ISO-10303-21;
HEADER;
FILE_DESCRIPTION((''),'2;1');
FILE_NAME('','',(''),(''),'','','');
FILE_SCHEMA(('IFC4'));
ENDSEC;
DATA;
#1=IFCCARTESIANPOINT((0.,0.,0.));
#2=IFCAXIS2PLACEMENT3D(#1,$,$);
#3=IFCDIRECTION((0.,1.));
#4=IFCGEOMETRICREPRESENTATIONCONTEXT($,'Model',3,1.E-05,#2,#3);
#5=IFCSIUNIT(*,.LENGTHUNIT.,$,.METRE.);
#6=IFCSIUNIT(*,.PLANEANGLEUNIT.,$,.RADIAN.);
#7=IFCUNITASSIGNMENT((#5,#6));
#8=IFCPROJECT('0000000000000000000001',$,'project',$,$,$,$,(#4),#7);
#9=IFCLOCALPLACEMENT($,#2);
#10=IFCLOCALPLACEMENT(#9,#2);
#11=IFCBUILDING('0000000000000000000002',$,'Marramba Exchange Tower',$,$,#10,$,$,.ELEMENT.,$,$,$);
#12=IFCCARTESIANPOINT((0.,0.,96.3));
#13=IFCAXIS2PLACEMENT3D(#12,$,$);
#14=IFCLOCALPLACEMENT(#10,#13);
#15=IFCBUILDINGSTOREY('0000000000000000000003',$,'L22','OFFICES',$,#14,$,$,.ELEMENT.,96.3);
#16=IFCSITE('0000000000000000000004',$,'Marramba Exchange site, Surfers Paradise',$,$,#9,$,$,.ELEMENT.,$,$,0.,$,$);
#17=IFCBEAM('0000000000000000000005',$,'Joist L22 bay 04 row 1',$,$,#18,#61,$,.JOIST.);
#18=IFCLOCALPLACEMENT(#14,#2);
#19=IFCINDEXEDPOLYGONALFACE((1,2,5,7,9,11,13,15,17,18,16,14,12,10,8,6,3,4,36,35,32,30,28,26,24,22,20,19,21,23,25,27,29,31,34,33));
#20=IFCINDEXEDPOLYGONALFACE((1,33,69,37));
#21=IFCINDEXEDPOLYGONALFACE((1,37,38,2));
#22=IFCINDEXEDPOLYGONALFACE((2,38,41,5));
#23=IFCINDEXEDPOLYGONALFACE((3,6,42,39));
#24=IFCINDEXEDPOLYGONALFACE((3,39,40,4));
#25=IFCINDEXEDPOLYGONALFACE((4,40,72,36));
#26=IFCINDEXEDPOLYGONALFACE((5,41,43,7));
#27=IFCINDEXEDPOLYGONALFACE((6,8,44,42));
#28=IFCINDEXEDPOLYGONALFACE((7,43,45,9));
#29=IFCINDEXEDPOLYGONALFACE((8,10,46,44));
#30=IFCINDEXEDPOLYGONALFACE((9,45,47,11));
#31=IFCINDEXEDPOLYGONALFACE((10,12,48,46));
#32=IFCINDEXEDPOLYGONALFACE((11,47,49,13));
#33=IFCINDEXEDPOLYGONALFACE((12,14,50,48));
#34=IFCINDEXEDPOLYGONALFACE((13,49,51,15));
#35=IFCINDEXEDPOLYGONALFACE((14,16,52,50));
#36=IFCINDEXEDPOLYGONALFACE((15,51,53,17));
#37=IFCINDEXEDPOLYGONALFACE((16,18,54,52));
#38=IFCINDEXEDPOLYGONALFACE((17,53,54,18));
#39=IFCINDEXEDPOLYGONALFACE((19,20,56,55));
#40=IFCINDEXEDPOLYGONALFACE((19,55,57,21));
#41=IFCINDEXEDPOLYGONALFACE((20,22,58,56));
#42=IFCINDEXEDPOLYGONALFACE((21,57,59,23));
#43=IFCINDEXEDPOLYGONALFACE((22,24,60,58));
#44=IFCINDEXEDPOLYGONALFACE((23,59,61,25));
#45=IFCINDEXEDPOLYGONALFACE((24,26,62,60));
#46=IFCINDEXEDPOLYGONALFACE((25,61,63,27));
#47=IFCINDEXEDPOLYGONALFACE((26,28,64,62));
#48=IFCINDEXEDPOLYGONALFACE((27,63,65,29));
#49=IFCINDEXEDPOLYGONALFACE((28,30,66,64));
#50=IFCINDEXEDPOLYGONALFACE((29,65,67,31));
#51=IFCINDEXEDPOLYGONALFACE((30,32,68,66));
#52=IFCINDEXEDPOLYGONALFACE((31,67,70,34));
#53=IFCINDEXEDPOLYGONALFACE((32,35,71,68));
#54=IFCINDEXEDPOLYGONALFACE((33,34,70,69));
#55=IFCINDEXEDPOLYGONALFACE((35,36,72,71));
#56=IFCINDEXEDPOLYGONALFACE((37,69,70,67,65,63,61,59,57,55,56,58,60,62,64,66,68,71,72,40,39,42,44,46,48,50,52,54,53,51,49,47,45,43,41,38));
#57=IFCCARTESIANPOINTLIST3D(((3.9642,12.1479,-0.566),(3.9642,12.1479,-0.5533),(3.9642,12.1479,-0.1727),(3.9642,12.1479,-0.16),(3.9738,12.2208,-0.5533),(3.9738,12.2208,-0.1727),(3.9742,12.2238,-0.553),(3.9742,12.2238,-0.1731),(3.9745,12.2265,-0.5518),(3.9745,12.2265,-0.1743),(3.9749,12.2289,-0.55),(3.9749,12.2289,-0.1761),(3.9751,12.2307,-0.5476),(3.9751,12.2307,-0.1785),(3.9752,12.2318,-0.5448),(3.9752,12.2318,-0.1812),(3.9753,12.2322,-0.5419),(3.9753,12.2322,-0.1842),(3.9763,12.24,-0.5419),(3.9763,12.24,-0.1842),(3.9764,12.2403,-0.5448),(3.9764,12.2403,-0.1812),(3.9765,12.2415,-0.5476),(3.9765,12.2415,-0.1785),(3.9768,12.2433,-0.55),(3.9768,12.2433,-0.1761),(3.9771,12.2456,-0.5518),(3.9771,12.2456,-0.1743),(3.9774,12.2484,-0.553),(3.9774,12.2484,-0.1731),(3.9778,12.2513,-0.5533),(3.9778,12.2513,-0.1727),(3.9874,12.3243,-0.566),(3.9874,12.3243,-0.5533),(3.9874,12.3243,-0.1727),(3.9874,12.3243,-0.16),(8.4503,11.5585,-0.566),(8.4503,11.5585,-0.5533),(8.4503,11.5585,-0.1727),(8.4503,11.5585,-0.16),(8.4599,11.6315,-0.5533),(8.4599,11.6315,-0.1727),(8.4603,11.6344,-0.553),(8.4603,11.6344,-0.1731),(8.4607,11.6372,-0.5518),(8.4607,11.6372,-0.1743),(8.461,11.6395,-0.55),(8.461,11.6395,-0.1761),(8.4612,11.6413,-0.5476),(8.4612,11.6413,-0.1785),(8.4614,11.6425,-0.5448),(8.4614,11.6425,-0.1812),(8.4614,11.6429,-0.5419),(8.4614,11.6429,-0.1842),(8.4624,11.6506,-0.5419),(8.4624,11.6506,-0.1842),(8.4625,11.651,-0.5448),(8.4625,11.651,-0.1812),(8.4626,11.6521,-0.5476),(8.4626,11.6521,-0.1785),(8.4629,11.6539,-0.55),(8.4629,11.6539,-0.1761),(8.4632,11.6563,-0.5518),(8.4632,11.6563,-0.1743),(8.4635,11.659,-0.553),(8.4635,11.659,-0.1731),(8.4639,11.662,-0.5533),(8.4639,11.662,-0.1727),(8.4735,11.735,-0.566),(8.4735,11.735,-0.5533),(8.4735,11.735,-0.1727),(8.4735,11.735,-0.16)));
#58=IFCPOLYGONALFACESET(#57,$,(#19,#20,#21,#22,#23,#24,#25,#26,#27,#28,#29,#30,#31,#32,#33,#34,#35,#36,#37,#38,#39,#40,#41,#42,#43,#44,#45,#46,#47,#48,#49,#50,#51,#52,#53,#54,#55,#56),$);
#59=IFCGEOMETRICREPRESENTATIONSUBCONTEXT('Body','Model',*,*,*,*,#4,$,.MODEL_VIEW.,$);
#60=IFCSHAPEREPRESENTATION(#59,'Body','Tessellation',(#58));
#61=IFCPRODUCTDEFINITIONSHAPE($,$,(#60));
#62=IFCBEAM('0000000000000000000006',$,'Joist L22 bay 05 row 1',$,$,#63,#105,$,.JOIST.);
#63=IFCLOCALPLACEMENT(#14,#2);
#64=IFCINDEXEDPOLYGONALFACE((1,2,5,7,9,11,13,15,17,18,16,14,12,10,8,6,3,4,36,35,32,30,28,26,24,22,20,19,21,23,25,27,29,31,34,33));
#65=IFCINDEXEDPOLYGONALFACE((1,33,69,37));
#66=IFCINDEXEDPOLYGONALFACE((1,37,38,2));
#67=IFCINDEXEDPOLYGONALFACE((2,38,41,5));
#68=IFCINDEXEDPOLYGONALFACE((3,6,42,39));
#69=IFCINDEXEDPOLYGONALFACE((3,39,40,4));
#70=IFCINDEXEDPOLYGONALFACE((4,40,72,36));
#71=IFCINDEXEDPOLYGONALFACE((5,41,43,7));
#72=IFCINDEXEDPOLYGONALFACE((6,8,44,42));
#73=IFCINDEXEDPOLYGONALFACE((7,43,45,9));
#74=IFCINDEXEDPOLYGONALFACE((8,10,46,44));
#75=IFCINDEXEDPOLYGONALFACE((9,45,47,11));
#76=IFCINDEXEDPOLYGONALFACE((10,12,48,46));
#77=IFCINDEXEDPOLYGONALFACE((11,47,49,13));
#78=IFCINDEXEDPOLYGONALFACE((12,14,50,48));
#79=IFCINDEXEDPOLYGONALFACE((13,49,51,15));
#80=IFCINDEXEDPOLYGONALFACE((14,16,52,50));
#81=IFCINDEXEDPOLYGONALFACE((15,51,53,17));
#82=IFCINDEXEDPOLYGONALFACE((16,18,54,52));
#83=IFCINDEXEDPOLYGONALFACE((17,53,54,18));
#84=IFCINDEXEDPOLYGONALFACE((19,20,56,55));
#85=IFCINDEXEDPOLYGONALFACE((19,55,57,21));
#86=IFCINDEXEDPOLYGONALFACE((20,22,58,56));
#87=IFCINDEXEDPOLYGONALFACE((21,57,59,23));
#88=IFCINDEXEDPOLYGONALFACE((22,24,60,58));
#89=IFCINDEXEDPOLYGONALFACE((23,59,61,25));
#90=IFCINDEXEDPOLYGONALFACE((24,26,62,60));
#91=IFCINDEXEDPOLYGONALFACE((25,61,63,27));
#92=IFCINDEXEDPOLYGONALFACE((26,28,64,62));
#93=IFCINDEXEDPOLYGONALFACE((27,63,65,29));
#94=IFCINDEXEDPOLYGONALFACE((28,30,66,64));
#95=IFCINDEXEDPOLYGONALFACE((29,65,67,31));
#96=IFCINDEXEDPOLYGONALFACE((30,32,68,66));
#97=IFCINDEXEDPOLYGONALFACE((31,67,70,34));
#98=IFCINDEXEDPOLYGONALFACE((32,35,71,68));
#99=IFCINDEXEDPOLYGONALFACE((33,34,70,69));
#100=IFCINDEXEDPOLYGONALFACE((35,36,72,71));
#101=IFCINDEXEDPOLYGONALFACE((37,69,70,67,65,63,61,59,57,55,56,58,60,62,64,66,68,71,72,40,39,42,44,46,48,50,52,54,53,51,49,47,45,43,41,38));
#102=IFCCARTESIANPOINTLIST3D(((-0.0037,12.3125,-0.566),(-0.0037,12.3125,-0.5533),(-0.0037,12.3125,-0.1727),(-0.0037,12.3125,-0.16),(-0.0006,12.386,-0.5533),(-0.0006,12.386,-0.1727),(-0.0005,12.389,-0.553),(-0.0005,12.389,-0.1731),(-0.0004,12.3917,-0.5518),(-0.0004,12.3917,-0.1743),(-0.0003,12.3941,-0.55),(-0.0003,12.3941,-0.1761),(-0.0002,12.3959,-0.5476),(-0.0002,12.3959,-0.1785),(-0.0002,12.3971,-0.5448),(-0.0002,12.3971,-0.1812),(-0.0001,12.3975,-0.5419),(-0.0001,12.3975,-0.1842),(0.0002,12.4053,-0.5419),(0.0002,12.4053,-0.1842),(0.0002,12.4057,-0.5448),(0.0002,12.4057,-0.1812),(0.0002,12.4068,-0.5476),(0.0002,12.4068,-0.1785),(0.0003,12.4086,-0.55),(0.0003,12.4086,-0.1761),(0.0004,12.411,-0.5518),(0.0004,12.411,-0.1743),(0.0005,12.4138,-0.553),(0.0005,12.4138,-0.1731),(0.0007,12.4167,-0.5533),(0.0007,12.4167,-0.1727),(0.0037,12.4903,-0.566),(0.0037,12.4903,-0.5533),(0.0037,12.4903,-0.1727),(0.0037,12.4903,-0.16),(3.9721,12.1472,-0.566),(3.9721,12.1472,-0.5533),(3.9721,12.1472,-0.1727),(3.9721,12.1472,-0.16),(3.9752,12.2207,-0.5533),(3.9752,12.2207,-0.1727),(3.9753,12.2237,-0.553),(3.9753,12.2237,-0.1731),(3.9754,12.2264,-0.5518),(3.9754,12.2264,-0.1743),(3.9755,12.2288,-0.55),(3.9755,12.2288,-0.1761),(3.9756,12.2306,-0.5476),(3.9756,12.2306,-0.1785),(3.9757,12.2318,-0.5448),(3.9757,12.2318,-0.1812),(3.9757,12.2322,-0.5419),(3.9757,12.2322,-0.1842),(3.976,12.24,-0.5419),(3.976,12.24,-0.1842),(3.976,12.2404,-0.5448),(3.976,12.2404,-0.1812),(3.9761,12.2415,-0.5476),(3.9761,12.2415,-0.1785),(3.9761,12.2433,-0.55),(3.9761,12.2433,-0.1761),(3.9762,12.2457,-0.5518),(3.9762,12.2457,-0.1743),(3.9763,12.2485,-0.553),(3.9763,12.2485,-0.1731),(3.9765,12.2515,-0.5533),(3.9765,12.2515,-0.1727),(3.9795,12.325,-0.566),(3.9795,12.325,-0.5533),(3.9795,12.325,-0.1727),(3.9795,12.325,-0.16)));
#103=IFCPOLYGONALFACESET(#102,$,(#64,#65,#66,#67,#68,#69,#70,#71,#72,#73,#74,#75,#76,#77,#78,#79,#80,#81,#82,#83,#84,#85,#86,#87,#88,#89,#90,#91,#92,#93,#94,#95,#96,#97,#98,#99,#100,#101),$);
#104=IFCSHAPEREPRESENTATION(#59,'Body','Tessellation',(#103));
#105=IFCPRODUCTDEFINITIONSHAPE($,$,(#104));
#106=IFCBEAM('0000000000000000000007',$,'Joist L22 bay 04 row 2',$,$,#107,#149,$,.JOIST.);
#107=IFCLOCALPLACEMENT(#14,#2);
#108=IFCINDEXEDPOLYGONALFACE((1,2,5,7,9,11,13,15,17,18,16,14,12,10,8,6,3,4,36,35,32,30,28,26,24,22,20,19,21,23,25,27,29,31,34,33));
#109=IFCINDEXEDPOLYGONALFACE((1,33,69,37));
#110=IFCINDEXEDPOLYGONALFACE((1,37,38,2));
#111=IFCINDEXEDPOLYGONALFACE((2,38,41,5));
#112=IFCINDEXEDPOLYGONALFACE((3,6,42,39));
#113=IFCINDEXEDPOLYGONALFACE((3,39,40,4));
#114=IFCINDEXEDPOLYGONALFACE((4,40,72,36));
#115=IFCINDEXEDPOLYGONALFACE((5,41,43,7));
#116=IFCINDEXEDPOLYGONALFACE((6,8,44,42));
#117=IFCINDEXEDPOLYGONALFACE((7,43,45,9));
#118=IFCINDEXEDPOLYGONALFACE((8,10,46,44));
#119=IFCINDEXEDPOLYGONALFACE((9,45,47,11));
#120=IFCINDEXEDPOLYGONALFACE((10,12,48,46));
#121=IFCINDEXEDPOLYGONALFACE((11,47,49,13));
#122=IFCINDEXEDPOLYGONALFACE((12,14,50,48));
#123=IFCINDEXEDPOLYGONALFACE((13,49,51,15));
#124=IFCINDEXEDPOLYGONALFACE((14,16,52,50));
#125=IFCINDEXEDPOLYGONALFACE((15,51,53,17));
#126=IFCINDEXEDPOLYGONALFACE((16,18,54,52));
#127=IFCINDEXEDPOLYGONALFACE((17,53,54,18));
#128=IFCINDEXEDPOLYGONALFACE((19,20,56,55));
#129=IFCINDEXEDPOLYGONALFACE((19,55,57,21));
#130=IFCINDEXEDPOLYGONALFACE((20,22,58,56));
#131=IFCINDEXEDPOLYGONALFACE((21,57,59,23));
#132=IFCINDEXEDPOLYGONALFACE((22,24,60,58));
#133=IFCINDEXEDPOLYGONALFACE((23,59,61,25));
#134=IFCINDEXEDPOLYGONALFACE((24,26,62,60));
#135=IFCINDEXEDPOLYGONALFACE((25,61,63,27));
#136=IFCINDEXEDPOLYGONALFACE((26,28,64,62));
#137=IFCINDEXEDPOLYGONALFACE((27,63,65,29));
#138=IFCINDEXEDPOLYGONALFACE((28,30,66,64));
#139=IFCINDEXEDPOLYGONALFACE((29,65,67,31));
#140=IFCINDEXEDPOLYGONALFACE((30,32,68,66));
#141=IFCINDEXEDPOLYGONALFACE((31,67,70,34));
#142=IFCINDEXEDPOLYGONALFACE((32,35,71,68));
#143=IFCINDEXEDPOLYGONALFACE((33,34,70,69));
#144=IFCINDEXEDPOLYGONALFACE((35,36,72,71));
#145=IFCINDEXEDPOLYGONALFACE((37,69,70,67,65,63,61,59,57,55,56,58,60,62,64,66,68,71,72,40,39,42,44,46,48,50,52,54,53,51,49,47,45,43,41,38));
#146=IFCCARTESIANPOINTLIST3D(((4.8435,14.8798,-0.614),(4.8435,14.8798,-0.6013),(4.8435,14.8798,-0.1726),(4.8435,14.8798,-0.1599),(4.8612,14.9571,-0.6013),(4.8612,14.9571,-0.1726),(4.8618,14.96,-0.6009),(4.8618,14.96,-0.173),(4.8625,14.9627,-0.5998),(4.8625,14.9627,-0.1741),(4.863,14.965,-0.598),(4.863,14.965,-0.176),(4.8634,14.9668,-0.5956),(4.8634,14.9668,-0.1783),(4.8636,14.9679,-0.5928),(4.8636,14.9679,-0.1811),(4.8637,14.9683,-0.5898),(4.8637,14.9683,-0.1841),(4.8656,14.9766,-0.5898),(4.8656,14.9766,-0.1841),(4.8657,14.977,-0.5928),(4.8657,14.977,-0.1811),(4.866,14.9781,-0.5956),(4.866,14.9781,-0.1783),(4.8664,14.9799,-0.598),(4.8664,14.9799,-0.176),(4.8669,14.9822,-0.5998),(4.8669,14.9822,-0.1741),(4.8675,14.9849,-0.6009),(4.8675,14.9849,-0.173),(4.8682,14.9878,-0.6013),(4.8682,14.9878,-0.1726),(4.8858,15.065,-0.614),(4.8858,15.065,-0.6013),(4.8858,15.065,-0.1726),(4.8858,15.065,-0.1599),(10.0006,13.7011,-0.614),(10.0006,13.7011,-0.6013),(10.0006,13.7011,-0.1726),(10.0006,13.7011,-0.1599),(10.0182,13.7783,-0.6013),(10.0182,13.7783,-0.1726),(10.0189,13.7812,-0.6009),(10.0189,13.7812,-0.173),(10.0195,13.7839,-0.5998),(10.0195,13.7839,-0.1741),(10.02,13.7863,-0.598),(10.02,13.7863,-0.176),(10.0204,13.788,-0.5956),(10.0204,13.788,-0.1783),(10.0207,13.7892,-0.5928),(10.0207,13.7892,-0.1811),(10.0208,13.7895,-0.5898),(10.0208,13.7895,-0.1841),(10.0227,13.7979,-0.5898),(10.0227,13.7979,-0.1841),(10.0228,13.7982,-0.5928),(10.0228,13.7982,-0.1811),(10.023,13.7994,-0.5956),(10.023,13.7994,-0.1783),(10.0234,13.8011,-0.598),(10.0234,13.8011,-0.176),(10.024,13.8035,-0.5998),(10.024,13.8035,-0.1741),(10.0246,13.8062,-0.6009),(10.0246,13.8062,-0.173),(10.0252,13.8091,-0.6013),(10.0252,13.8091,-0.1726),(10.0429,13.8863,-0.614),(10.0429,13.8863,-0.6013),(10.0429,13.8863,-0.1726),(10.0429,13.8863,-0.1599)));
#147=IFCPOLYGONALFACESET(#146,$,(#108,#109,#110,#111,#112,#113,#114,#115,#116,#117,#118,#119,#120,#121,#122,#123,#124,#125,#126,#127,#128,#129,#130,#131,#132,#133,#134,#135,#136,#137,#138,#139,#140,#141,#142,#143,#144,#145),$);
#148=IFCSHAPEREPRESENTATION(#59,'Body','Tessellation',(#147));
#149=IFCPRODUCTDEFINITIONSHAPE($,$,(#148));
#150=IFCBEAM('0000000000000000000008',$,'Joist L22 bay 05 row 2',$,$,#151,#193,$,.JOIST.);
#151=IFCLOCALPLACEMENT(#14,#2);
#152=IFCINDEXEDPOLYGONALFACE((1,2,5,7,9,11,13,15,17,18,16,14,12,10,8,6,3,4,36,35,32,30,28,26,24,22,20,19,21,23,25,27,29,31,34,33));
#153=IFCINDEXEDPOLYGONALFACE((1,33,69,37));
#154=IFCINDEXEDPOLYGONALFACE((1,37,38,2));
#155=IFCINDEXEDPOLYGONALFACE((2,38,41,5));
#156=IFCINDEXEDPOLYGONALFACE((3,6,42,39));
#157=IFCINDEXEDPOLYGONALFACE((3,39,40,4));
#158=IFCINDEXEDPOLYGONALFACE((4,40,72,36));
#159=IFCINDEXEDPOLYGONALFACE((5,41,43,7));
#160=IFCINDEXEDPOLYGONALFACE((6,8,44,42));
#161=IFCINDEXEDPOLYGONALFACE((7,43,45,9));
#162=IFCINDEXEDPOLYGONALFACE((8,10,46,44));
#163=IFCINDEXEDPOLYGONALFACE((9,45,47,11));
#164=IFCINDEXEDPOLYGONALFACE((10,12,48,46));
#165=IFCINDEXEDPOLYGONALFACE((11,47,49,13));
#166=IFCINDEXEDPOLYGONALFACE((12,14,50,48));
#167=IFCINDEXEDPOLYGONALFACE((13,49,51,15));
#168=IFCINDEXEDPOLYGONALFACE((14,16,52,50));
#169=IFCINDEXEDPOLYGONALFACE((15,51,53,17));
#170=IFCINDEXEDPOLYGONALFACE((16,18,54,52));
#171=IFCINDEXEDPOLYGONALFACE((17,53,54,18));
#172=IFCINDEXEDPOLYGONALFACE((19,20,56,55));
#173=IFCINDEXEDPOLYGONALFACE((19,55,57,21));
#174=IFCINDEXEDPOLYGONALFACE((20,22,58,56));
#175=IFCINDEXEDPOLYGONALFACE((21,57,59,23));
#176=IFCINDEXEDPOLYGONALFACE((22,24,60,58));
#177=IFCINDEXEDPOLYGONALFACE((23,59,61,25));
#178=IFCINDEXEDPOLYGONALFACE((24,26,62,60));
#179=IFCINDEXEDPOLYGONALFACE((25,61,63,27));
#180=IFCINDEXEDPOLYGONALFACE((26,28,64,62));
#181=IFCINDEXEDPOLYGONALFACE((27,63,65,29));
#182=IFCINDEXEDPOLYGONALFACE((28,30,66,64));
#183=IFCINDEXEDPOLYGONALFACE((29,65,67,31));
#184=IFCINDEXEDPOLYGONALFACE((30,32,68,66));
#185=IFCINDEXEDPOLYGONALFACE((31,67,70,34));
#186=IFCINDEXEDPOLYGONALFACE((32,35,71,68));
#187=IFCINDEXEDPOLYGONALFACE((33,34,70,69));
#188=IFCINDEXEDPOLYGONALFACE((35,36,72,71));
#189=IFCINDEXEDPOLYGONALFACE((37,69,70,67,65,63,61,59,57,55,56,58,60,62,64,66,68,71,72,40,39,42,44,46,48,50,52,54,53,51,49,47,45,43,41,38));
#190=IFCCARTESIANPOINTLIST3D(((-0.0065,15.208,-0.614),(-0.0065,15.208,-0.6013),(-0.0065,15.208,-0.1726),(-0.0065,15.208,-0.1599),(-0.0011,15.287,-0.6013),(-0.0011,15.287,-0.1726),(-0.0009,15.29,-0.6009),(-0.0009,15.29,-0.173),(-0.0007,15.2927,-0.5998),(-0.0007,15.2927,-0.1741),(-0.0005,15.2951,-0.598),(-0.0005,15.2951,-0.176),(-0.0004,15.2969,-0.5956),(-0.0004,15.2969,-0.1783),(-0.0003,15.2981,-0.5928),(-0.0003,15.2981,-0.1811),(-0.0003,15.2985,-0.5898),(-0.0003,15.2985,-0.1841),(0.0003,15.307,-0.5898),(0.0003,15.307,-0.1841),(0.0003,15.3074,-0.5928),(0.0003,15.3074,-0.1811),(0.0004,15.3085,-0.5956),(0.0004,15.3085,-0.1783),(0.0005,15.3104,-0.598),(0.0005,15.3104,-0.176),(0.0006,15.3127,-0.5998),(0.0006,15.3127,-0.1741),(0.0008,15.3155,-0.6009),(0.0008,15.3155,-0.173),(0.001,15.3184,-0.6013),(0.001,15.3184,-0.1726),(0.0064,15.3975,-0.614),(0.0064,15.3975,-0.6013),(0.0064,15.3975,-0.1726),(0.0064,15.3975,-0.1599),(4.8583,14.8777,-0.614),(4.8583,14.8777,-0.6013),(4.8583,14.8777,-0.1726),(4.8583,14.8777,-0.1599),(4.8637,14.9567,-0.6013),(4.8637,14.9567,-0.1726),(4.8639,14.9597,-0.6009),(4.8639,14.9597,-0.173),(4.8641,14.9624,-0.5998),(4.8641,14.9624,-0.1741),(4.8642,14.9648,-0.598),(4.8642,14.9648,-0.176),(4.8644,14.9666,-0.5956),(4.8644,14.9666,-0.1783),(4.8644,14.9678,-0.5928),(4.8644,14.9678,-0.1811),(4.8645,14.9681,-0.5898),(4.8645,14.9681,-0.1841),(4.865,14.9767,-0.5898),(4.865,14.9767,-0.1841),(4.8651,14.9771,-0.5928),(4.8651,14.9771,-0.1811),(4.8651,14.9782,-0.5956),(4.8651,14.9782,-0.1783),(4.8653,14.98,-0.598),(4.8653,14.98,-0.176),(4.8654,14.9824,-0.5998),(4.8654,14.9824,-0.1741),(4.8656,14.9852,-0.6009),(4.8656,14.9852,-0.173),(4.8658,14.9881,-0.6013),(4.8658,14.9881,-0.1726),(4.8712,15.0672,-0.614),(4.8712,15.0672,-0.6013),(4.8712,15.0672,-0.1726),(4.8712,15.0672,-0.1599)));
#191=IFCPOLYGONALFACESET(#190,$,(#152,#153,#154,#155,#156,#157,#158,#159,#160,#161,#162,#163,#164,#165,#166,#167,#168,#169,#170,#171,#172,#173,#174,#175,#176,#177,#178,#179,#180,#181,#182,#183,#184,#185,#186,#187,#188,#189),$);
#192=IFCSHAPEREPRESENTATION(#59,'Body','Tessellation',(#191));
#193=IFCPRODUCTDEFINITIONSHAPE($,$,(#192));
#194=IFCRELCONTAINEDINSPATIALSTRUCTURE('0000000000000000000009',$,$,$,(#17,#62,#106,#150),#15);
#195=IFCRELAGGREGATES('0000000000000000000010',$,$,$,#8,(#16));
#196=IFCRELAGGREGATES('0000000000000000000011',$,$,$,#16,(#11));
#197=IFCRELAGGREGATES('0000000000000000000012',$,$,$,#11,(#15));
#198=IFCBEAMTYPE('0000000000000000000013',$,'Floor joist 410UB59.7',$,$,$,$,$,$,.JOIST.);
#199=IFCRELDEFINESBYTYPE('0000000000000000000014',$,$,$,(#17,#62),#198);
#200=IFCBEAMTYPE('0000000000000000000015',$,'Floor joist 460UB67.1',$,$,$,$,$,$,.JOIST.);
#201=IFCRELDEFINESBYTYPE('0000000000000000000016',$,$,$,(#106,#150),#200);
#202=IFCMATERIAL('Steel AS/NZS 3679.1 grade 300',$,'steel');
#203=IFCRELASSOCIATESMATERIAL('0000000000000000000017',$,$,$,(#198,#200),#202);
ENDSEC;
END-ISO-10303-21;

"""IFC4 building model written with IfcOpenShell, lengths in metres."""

from ifc_helpers import new_model, si_unit, direction, frame, origin, origin_2d, place, context, subcontext, project, spatial, i_section, extrude, material, material_profile, profile_set, type_object, element, save


model = new_model("IFC4")

# Units and contexts
model_context = context("Model", 3, precision=1e-05, world=origin(), true_north=direction((0.0, 1.0)))
body_context = subcontext(model_context, "Body", "Model", "MODEL_VIEW")
ifc_project = project(units=[si_unit("LENGTHUNIT", "METRE"), si_unit("PLANEANGLEUNIT", "RADIAN")], contexts=[model_context])

# Site, building, storey
site_placement = place(None, origin())
site = spatial("IfcSite", under=ifc_project, at=site_placement, Name="Marramba Exchange site, Surfers Paradise", CompositionType="ELEMENT", RefElevation=0.0)
building_placement = place(site_placement, origin())
building = spatial("IfcBuilding", under=site, at=building_placement, Name="Marramba Exchange Tower", CompositionType="ELEMENT")
storey_placement = place(building_placement, frame((0.0, 0.0, 96.3)))
storey = spatial("IfcBuildingStorey", under=building, at=storey_placement, Name="L22", Description="OFFICES", CompositionType="ELEMENT", Elevation=96.3)

# Beams
ifc_material_1 = material(Name="Steel AS/NZS 3679.1 grade 300", Category="steel")
ifc_material_profile_1 = material_profile(ifc_material_1, i_section(OverallWidth=0.178, OverallDepth=0.406, WebThickness=0.0078, FlangeThickness=0.0127, FilletRadius=0.0115, at=origin_2d()), Name="410UB59.7")
ifc_profile_set_1 = profile_set([ifc_material_profile_1], Name="Steel AS/NZS 3679.1 grade 300")
beam_type_1 = type_object("IfcBeamType", Name="Floor joist 410UB59.7", PredefinedType="JOIST", material=ifc_profile_set_1)
beam_1_placement = place(storey_placement, frame((8.4619, 11.6467, -0.363), z_axis=(-0.991481, 0.130255, 0.0), x_axis=(-0.130255, -0.991481, 0.0)))
element("IfcBeam", 1, at=beam_1_placement, inside=storey, type_object=beam_type_1, Name="Joist L22 bay 04 row 1", PredefinedType="JOIST", context=body_context, shape_type="SweptSolid", body=[
    extrude(i_section(OverallWidth=0.178, OverallDepth=0.406, WebThickness=0.0078, FlangeThickness=0.0127, FilletRadius=0.0115, at=origin_2d()), origin(), (0.0, 0.0, 1.0), 4.5247),
])
beam_2_placement = place(storey_placement, frame((3.9758, 12.2361, -0.363), z_axis=(-0.999137, 0.041536, 0.0), x_axis=(-0.041536, -0.999137, 0.0)))
element("IfcBeam", 2, at=beam_2_placement, inside=storey, type_object=beam_type_1, Name="Joist L22 bay 05 row 1", PredefinedType="JOIST", context=body_context, shape_type="SweptSolid", body=[
    extrude(i_section(OverallWidth=0.178, OverallDepth=0.406, WebThickness=0.0078, FlangeThickness=0.0127, FilletRadius=0.0115, at=origin_2d()), origin(), (0.0, 0.0, 1.0), 3.9792),
])
ifc_material_profile_2 = material_profile(ifc_material_1, i_section(OverallWidth=0.1899, OverallDepth=0.4541, WebThickness=0.0085, FlangeThickness=0.0127, FilletRadius=0.0115, at=origin_2d()), Name="460UB67.1")
ifc_profile_set_2 = profile_set([ifc_material_profile_2], Name="Steel AS/NZS 3679.1 grade 300")
beam_type_2 = type_object("IfcBeamType", Name="Floor joist 460UB67.1", PredefinedType="JOIST", material=ifc_profile_set_2)
beam_3_placement = place(storey_placement, frame((10.0217, 13.7937, -0.387), z_axis=(-0.97486, 0.22282, 0.0), x_axis=(-0.22282, -0.97486, 0.0)))
element("IfcBeam", 3, at=beam_3_placement, inside=storey, type_object=beam_type_2, Name="Joist L22 bay 04 row 2", PredefinedType="JOIST", context=body_context, shape_type="SweptSolid", body=[
    extrude(i_section(OverallWidth=0.1899, OverallDepth=0.4541, WebThickness=0.0085, FlangeThickness=0.0127, FilletRadius=0.0115, at=origin_2d()), origin(), (0.0, 0.0, 1.0), 5.29),
])
beam_4_placement = place(storey_placement, frame((4.8647, 14.9724, -0.387), z_axis=(-0.997703, 0.067745, 0.0), x_axis=(-0.067745, -0.997703, 0.0)))
element("IfcBeam", 4, at=beam_4_placement, inside=storey, type_object=beam_type_2, Name="Joist L22 bay 05 row 2", PredefinedType="JOIST", context=body_context, shape_type="SweptSolid", body=[
    extrude(i_section(OverallWidth=0.1899, OverallDepth=0.4541, WebThickness=0.0085, FlangeThickness=0.0127, FilletRadius=0.0115, at=origin_2d()), origin(), (0.0, 0.0, 1.0), 4.876),
])

save(model, "model.ifc")
